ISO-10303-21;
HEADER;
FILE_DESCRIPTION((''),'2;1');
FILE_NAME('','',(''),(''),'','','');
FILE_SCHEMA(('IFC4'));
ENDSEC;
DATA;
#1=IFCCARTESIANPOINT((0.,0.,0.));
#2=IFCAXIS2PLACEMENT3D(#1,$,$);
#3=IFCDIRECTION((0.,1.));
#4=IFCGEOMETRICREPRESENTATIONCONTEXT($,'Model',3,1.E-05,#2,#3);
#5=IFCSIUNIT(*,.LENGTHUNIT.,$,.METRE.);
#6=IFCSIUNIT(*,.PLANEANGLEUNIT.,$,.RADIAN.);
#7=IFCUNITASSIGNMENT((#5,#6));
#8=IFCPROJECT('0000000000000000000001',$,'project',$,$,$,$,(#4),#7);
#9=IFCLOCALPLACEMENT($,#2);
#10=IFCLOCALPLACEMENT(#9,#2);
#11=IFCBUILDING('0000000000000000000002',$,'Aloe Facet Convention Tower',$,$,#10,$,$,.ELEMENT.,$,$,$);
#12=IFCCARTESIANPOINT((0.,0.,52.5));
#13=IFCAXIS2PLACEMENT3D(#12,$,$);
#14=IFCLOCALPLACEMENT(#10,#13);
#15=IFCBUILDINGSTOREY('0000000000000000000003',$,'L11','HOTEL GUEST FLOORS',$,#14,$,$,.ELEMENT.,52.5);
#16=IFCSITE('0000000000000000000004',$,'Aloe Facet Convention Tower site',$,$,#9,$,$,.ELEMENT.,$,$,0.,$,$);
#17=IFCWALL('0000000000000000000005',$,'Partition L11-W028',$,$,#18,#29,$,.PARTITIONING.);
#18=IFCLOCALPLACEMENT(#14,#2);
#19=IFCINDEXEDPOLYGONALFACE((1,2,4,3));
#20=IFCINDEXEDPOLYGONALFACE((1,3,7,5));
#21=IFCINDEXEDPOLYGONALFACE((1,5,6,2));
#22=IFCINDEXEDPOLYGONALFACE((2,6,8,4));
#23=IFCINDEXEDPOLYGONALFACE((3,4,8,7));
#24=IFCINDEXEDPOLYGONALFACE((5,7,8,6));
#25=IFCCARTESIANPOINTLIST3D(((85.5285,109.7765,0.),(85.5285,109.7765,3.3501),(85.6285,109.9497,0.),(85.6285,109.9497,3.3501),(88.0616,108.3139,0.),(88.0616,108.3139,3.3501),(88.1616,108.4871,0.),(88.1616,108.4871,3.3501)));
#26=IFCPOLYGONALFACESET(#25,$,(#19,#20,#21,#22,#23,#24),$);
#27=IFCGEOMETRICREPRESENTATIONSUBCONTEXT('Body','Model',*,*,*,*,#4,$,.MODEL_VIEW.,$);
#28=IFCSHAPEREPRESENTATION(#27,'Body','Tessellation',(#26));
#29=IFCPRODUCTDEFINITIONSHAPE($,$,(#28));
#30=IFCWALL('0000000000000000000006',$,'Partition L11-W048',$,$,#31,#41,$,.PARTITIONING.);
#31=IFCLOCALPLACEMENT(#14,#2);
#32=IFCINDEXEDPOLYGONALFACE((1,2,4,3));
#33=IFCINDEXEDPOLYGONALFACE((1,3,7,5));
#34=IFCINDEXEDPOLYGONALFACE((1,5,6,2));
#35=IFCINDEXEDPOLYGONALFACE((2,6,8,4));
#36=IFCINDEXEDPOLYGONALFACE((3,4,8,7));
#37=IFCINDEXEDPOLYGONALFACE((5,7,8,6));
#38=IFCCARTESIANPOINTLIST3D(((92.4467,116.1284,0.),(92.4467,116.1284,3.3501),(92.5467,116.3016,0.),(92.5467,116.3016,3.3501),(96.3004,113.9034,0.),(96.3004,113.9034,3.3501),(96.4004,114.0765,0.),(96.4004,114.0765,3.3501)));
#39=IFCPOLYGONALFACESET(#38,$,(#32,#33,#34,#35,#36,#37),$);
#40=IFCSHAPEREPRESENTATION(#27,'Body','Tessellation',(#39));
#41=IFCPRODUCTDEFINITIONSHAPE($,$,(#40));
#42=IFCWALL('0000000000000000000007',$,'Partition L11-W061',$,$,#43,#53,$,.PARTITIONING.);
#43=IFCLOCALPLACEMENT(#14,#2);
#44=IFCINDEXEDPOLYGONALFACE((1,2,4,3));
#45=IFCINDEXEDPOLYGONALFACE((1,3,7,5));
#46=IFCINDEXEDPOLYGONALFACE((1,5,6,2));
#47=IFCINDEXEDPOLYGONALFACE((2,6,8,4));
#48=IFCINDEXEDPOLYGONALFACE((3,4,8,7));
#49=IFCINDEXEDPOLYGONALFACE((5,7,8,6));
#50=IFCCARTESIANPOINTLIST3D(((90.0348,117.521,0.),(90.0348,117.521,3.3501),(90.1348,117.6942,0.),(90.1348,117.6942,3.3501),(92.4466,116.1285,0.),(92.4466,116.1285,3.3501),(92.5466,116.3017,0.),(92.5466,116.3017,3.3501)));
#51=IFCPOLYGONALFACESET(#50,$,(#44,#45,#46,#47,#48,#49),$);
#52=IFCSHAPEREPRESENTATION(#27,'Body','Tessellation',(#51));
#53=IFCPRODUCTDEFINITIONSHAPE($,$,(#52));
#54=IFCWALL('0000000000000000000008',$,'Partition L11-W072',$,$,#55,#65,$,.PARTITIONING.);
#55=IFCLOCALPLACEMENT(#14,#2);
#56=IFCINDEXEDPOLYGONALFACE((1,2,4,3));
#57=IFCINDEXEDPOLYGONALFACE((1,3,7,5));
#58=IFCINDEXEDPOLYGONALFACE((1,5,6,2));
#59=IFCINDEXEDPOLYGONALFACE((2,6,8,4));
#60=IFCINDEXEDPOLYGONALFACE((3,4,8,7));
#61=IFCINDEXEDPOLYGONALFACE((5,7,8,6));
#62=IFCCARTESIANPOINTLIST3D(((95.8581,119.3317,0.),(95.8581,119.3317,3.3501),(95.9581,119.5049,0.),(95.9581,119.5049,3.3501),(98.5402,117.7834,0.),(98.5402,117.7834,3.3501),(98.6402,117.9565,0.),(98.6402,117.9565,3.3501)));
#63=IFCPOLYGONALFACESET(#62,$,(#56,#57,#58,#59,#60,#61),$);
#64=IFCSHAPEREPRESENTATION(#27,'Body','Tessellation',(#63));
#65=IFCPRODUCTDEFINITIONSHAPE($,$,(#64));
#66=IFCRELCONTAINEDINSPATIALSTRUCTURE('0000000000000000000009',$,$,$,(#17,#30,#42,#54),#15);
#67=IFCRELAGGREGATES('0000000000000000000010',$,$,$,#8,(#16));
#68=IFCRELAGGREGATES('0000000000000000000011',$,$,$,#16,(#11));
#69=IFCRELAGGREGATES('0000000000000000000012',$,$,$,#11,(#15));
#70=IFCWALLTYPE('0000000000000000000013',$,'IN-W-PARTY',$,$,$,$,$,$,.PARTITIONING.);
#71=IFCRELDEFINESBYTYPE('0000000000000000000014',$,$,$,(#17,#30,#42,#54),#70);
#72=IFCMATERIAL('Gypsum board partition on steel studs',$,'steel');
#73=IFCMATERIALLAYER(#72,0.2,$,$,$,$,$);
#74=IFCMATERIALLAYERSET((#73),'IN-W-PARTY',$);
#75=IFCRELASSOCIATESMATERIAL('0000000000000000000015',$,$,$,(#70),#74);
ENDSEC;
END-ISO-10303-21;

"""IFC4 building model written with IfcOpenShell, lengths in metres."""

from ifc_helpers import new_model, si_unit, direction, frame, frame_2d, origin, place, context, subcontext, project, spatial, rectangle, extrude, material, layer, layer_set, type_object, element, save


model = new_model("IFC4")

# Units and contexts
model_context = context("Model", 3, precision=1e-05, world=origin(), true_north=direction((0.0, 1.0)))
body_context = subcontext(model_context, "Body", "Model", "MODEL_VIEW")
ifc_project = project(units=[si_unit("LENGTHUNIT", "METRE"), si_unit("PLANEANGLEUNIT", "RADIAN")], contexts=[model_context])

# Site, building, storey
site_placement = place(None, origin())
site = spatial("IfcSite", under=ifc_project, at=site_placement, Name="Aloe Facet Convention Tower site", CompositionType="ELEMENT", RefElevation=0.0)
building_placement = place(site_placement, origin())
building = spatial("IfcBuilding", under=site, at=building_placement, Name="Aloe Facet Convention Tower", CompositionType="ELEMENT")
storey_placement = place(building_placement, frame((0.0, 0.0, 52.5)))
storey = spatial("IfcBuildingStorey", under=building, at=storey_placement, Name="L11", Description="HOTEL GUEST FLOORS", CompositionType="ELEMENT", Elevation=52.5)

# Walls
ifc_material_1 = material(Name="Gypsum board partition on steel studs", Category="steel")
ifc_layer_1 = layer(ifc_material_1, 0.2)
ifc_layer_set_1 = layer_set([ifc_layer_1], Name="IN-W-PARTY")
wall_type_1 = type_object("IfcWallType", Name="IN-W-PARTY", PredefinedType="PARTITIONING", material=ifc_layer_set_1)
wall_1_placement = place(storey_placement, frame((85.5786, 109.863, 0.0), z_axis=(0.0, 0.0, 1.0), x_axis=(0.86601, -0.500026, 0.0)))
element("IfcWall", 1, at=wall_1_placement, inside=storey, type_object=wall_type_1, Name="Partition L11-W028", PredefinedType="PARTITIONING", context=body_context, shape_type="SweptSolid", body=[
    extrude(rectangle(XDim=2.925, YDim=0.2, at=frame_2d((1.4624, 0.0))), origin(), (0.0, 0.0, 1.0), 3.3501),
])
wall_2_placement = place(storey_placement, frame((92.4966, 116.2151, 0.0), z_axis=(0.0, 0.0, 1.0), x_axis=(0.866013, -0.500022, 0.0)))
element("IfcWall", 2, at=wall_2_placement, inside=storey, type_object=wall_type_1, Name="Partition L11-W048", PredefinedType="PARTITIONING", context=body_context, shape_type="SweptSolid", body=[
    extrude(rectangle(XDim=4.45, YDim=0.2, at=frame_2d((2.2251, 0.0))), origin(), (0.0, 0.0, 1.0), 3.3501),
])
wall_3_placement = place(storey_placement, frame((90.0847, 117.6077, 0.0), z_axis=(0.0, 0.0, 1.0), x_axis=(0.866012, -0.500023, 0.0)))
element("IfcWall", 3, at=wall_3_placement, inside=storey, type_object=wall_type_1, Name="Partition L11-W061", PredefinedType="PARTITIONING", context=body_context, shape_type="SweptSolid", body=[
    extrude(rectangle(XDim=2.7849, YDim=0.2, at=frame_2d((1.3926, 0.0))), origin(), (0.0, 0.0, 1.0), 3.3501),
])
wall_4_placement = place(storey_placement, frame((95.9082, 119.4182, 0.0), z_axis=(0.0, 0.0, 1.0), x_axis=(0.866052, -0.499954, 0.0)))
element("IfcWall", 4, at=wall_4_placement, inside=storey, type_object=wall_type_1, Name="Partition L11-W072", PredefinedType="PARTITIONING", context=body_context, shape_type="SweptSolid", body=[
    extrude(rectangle(XDim=3.0969, YDim=0.2, at=frame_2d((1.5483, 0.0))), origin(), (0.0, 0.0, 1.0), 3.3501),
])

save(model, "model.ifc")
